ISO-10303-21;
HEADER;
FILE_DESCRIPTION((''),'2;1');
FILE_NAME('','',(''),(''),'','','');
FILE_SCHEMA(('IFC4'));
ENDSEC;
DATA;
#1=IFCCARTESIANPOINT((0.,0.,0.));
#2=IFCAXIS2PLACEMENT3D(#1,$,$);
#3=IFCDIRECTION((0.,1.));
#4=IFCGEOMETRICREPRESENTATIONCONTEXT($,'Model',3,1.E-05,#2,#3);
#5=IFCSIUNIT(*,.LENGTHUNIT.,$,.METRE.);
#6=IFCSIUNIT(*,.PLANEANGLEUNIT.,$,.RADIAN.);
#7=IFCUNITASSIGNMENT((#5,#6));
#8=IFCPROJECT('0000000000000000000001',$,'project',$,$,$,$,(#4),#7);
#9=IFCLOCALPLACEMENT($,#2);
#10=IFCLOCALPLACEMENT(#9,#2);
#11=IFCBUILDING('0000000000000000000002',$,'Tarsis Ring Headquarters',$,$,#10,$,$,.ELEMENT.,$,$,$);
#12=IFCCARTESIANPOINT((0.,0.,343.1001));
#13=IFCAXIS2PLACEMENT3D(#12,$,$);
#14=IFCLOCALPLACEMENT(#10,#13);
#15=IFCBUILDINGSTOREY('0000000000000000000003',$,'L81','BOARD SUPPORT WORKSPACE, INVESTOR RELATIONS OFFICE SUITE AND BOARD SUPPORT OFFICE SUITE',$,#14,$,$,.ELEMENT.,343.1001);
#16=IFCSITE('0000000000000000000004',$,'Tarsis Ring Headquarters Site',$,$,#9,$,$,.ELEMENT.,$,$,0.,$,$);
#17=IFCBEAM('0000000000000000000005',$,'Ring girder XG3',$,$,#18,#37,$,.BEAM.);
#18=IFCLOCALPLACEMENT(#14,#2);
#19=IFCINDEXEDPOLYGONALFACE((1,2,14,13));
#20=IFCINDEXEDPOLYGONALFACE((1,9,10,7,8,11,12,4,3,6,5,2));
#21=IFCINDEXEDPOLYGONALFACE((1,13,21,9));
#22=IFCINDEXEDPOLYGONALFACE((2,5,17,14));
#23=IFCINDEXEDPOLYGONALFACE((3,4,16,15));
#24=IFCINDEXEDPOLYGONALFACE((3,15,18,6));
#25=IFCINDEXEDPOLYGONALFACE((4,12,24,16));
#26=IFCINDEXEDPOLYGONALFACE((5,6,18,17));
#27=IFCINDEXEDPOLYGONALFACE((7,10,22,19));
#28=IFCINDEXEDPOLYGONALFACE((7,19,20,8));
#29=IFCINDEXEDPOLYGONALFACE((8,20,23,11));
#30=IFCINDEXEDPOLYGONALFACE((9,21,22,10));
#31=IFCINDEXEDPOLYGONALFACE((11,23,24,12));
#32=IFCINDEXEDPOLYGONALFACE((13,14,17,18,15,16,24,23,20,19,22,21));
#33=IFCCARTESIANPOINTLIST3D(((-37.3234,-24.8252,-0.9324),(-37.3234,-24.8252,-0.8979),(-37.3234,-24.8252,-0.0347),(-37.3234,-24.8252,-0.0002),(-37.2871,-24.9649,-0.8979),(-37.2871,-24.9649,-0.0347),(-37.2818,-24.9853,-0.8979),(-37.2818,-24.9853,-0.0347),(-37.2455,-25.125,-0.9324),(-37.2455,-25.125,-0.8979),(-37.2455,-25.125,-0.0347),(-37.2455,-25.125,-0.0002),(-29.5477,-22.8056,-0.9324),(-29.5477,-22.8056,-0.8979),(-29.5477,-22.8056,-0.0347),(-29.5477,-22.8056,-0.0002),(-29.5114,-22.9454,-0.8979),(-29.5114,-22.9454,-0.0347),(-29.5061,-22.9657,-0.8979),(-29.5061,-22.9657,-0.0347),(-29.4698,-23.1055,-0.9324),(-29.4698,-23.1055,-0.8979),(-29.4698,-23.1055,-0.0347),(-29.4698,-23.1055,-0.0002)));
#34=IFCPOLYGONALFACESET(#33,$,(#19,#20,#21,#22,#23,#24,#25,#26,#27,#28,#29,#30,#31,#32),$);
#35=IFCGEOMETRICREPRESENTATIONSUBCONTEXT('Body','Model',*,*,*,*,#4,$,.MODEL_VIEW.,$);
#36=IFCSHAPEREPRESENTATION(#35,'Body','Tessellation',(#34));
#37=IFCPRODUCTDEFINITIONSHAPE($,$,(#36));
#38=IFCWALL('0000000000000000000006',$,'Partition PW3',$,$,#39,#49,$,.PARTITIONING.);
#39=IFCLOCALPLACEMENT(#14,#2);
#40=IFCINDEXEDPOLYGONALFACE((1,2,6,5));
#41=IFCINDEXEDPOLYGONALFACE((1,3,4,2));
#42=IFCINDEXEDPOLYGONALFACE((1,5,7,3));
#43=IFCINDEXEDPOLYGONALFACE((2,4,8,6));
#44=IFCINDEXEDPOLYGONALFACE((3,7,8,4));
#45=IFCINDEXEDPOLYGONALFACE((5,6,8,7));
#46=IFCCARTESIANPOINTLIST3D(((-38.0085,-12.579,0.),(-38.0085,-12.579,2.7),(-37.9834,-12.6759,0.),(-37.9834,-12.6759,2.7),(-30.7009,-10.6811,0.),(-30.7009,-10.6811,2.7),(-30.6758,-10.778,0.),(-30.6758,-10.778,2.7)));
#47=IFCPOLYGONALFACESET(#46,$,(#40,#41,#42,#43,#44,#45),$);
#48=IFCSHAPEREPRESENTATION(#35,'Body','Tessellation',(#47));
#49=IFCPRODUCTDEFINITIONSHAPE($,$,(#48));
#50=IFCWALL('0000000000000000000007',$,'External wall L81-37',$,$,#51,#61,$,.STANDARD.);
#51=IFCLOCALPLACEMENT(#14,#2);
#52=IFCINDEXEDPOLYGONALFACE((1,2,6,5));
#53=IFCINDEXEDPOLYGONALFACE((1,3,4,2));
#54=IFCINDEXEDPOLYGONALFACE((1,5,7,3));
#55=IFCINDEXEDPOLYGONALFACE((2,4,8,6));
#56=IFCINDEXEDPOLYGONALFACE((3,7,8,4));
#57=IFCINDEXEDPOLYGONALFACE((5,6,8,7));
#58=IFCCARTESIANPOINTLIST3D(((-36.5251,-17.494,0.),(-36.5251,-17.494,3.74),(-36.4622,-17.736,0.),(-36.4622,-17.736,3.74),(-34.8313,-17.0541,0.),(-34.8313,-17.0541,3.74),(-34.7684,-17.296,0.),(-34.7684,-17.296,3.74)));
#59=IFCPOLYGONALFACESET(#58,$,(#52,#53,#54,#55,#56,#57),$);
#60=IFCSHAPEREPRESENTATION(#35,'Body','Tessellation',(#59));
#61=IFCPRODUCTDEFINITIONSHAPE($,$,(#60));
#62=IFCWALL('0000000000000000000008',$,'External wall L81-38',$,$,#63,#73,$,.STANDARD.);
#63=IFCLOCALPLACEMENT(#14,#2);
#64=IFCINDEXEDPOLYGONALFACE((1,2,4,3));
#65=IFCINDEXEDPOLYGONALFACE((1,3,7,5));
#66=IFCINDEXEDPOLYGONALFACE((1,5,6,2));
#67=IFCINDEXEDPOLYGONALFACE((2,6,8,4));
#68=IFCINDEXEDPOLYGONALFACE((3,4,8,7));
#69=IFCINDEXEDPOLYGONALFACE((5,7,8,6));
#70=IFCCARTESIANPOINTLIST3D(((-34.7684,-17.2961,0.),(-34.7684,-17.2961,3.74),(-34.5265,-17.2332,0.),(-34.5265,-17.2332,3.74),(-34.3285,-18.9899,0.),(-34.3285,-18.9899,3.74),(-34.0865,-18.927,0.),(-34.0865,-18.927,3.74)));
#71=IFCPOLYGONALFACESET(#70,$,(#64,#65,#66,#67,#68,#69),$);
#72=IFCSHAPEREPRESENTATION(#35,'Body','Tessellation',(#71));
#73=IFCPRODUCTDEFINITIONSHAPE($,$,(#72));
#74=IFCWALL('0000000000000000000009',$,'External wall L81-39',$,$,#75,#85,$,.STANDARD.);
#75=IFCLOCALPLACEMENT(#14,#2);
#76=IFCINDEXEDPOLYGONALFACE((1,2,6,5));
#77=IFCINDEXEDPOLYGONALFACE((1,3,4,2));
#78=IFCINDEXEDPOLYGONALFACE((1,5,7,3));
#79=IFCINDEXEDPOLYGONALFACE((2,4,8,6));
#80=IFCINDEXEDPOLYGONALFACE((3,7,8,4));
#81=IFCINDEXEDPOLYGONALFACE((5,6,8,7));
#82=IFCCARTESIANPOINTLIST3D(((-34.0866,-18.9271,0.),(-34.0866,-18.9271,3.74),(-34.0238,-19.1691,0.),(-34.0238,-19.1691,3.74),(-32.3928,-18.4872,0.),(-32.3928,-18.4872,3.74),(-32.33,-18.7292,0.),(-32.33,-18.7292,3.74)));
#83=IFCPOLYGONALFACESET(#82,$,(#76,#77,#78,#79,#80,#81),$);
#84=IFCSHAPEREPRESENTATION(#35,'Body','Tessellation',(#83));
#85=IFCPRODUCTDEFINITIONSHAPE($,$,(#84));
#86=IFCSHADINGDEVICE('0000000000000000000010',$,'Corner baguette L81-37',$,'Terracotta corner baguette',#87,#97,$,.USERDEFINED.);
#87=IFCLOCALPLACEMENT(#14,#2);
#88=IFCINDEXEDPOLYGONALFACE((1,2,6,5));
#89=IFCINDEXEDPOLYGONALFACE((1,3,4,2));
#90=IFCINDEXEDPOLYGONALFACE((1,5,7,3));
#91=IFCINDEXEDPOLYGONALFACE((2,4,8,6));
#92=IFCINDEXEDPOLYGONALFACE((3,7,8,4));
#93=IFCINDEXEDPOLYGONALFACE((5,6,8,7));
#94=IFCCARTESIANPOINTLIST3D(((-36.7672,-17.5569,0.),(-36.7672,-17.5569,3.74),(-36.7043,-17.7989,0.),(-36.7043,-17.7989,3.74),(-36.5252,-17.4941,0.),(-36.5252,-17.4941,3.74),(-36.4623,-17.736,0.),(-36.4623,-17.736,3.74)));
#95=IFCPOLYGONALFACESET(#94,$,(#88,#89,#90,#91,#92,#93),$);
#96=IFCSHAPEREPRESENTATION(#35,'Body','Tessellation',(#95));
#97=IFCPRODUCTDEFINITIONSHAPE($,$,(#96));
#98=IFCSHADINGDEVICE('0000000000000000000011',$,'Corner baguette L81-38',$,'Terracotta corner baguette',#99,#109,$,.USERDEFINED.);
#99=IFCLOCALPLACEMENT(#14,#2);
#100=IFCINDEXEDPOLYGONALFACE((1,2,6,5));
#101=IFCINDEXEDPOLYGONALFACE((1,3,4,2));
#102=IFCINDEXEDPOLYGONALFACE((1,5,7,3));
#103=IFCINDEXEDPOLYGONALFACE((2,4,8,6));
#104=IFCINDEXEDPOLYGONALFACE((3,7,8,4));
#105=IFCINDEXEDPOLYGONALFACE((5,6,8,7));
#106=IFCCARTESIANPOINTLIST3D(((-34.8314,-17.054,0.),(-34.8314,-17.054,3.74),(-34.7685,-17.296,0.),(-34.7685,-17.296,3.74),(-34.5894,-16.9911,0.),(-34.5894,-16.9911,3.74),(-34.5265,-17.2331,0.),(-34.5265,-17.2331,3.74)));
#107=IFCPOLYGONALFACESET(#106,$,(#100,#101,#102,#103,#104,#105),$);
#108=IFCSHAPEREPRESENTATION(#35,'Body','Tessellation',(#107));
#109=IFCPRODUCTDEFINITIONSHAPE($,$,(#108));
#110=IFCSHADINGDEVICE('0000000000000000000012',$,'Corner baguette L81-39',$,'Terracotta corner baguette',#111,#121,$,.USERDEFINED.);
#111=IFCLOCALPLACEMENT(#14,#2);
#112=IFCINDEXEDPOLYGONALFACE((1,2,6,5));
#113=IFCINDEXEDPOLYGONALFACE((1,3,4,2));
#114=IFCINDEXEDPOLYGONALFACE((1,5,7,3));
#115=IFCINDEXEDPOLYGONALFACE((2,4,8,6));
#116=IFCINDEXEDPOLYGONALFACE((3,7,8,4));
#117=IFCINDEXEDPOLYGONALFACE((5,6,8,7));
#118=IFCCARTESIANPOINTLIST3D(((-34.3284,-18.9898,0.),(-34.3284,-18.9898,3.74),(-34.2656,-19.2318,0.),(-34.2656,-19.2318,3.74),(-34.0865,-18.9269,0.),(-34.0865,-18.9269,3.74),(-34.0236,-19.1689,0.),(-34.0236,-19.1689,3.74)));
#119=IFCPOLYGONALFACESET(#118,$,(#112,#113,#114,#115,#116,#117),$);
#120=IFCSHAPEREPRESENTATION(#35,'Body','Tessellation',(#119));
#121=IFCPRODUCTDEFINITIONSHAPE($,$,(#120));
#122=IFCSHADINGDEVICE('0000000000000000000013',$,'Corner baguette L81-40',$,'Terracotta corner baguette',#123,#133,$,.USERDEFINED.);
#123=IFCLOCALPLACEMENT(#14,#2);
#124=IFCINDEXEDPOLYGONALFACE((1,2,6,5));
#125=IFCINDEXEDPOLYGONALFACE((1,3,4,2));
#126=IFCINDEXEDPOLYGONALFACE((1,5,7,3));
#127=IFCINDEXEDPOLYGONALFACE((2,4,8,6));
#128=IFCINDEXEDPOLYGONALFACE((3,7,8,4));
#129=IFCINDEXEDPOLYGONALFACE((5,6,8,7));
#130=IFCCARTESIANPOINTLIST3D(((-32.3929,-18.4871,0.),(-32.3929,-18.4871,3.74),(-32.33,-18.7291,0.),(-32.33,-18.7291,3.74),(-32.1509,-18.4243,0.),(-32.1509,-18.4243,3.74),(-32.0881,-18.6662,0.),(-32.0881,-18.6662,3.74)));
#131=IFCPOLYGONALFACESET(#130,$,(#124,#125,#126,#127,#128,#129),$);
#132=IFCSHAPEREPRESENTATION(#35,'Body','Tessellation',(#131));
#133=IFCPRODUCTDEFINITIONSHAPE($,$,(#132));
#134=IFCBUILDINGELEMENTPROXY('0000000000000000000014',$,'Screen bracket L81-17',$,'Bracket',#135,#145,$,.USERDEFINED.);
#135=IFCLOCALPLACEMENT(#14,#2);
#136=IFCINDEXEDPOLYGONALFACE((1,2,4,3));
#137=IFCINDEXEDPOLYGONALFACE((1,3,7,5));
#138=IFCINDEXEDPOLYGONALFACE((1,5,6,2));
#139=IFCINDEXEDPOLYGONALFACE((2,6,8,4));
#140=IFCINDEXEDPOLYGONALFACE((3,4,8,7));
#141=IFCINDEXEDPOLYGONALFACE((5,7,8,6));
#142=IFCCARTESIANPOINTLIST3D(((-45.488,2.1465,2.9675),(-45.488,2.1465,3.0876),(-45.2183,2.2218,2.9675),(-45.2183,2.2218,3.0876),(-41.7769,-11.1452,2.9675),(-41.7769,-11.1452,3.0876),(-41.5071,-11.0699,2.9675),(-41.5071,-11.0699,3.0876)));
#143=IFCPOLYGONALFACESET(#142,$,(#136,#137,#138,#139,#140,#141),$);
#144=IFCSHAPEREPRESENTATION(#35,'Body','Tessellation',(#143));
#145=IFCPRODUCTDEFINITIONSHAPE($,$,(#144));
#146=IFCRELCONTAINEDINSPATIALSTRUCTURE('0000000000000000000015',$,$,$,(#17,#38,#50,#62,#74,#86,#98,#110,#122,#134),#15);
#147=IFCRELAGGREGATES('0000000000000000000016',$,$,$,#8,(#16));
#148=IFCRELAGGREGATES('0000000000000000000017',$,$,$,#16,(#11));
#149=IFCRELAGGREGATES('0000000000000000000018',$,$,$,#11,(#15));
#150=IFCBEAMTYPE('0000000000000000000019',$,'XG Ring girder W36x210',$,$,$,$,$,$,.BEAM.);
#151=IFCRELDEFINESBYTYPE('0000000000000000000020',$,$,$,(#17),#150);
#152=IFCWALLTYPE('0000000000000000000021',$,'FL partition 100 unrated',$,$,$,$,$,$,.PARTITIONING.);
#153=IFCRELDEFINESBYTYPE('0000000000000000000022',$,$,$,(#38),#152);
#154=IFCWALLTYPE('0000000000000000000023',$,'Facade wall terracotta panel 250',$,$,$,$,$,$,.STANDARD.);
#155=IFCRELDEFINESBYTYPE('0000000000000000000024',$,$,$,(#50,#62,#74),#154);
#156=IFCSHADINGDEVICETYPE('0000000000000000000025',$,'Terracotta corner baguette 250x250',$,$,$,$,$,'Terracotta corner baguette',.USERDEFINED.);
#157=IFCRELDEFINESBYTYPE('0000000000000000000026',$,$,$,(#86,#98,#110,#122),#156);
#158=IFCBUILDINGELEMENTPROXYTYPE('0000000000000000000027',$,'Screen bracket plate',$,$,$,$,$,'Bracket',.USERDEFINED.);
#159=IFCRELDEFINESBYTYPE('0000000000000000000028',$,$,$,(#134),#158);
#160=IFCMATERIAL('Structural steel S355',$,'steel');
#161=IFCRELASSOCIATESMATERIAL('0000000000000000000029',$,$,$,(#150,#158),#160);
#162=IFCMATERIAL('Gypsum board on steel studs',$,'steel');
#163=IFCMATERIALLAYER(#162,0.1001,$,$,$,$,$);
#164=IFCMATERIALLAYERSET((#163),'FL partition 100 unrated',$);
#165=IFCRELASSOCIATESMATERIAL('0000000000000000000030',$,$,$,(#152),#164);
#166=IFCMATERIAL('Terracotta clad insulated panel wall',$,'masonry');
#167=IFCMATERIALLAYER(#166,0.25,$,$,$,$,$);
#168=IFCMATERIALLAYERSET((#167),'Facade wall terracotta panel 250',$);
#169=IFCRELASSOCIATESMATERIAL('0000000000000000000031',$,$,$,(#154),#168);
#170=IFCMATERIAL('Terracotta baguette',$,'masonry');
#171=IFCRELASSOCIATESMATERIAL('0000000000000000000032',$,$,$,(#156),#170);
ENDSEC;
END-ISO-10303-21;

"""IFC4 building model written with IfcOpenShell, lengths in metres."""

from ifc_helpers import new_model, si_unit, direction, frame, frame_2d, origin, origin_2d, place, context, subcontext, project, spatial, rectangle, i_section, extrude, material, layer, layer_set, material_profile, profile_set, type_object, element, save


model = new_model("IFC4")

# Units and contexts
model_context = context("Model", 3, precision=1e-05, world=origin(), true_north=direction((0.0, 1.0)))
body_context = subcontext(model_context, "Body", "Model", "MODEL_VIEW")
ifc_project = project(units=[si_unit("LENGTHUNIT", "METRE"), si_unit("PLANEANGLEUNIT", "RADIAN")], contexts=[model_context])

# Site, building, storey
site_placement = place(None, origin())
site = spatial("IfcSite", under=ifc_project, at=site_placement, Name="Tarsis Ring Headquarters Site", CompositionType="ELEMENT", RefElevation=0.0)
building_placement = place(site_placement, origin())
building = spatial("IfcBuilding", under=site, at=building_placement, Name="Tarsis Ring Headquarters", CompositionType="ELEMENT")
storey_placement = place(building_placement, frame((0.0, 0.0, 343.1001)))
storey = spatial("IfcBuildingStorey", under=building, at=storey_placement, Name="L81", Description="BOARD SUPPORT WORKSPACE, INVESTOR RELATIONS OFFICE SUITE AND BOARD SUPPORT OFFICE SUITE", CompositionType="ELEMENT", Elevation=343.1001)

# Shared definitions
ifc_material_1 = material(Name="Structural steel S355", Category="steel")

# Beam
ifc_material_profile_1 = material_profile(ifc_material_1, i_section(OverallWidth=0.3098, OverallDepth=0.9321, WebThickness=0.021, FlangeThickness=0.0344, at=origin_2d()), Name="W36x210")
ifc_profile_set_1 = profile_set([ifc_material_profile_1], Name="Structural steel S355")
beam_type = type_object("IfcBeamType", Name="XG Ring girder W36x210", PredefinedType="BEAM", material=ifc_profile_set_1)
beam_1_placement = place(storey_placement, frame((-37.2844, -24.9751, -0.4663), z_axis=(0.967887, 0.251385, 0.0), x_axis=(-0.251385, 0.967887, 0.0)))
element("IfcBeam", 1, at=beam_1_placement, inside=storey, type_object=beam_type, Name="Ring girder XG3", PredefinedType="BEAM", context=body_context, shape_type="SweptSolid", body=[
    extrude(i_section(OverallWidth=0.3098, OverallDepth=0.9321, WebThickness=0.021, FlangeThickness=0.0344, at=origin_2d()), origin(), (0.0, 0.0, 1.0), 8.0337),
])

# Walls
ifc_material_2 = material(Name="Gypsum board on steel studs", Category="steel")
ifc_layer_1 = layer(ifc_material_2, 0.1001)
ifc_layer_set_1 = layer_set([ifc_layer_1], Name="FL partition 100 unrated")
wall_type_1 = type_object("IfcWallType", Name="FL partition 100 unrated", PredefinedType="PARTITIONING", material=ifc_layer_set_1)
wall_placement = place(storey_placement, frame((-37.9958, -12.6274, 0.0), z_axis=(0.0, 0.0, 1.0), x_axis=(0.967888, 0.251382, 0.0)))
element("IfcWall", 2, at=wall_placement, inside=storey, type_object=wall_type_1, Name="Partition PW3", PredefinedType="PARTITIONING", context=body_context, shape_type="SweptSolid", body=[
    extrude(rectangle(XDim=7.55, YDim=0.1001, at=frame_2d((3.7749, 0.0))), origin(), (0.0, 0.0, 1.0), 2.7),
])
ifc_material_3 = material(Name="Terracotta clad insulated panel wall", Category="masonry")
ifc_layer_2 = layer(ifc_material_3, 0.25)
ifc_layer_set_2 = layer_set([ifc_layer_2], Name="Facade wall terracotta panel 250")
wall_type_2 = type_object("IfcWallType", Name="Facade wall terracotta panel 250", PredefinedType="STANDARD", material=ifc_layer_set_2)
for number, where, z_axis, x_axis, name in (
    (3, (-36.4937, -17.615, 0.0), (0.0, 0.0, 1.0), (0.967886, 0.251388, 0.0), "External wall L81-37"),
    (4, (-34.6475, -17.2646, 0.0), (0.0, 0.0, 1.0), (0.251388, -0.967886, 0.0), "External wall L81-38"),
    (5, (-34.0552, -19.0481, 0.0), (0.0, 0.0, 1.0), (0.967886, 0.251388, 0.0), "External wall L81-39"),
):
    element("IfcWall", number, at=place(storey_placement, frame(where, z_axis=z_axis, x_axis=x_axis)), inside=storey, type_object=wall_type_2, Name=name, PredefinedType="STANDARD", context=body_context, shape_type="SweptSolid", body=[
        extrude(rectangle(XDim=1.75, YDim=0.25, at=frame_2d((0.875, 0.0))), origin(), (0.0, 0.0, 1.0), 3.74),
    ])

# Shading devices
ifc_material_4 = material(Name="Terracotta baguette", Category="masonry")
shading_device_type_1 = type_object("IfcShadingDeviceType", Name="Terracotta corner baguette 250x250", ElementType="Terracotta corner baguette", PredefinedType="USERDEFINED", material=ifc_material_4)
for number, where, z_axis, x_axis, name in (
    (6, (-36.6147, -17.6465, 0.0), (0.0, 0.0, 1.0), (0.251394, -0.967885, 0.0), "Corner baguette L81-37"),
    (7, (-34.679, -17.1436, 0.0), (0.0, 0.0, 1.0), (0.967885, 0.251394, 0.0), "Corner baguette L81-38"),
    (8, (-34.176, -19.0793, 0.0), (0.0, 0.0, 1.0), (0.251393, -0.967885, 0.0), "Corner baguette L81-39"),
    (9, (-32.2405, -18.5767, 0.0), (0.0, 0.0, 1.0), (0.967885, 0.251393, 0.0), "Corner baguette L81-40"),
):
    element("IfcShadingDevice", number, at=place(storey_placement, frame(where, z_axis=z_axis, x_axis=x_axis)), inside=storey, type_object=shading_device_type_1, Name=name, ObjectType="Terracotta corner baguette", PredefinedType="USERDEFINED", context=body_context, shape_type="SweptSolid", body=[
        extrude(rectangle(XDim=0.25, YDim=0.25, at=origin_2d()), origin(), (0.0, 0.0, 1.0), 3.74),
    ])

# Building element proxy
building_element_proxy_type = type_object("IfcBuildingElementProxyType", Name="Screen bracket plate", ElementType="Bracket", PredefinedType="USERDEFINED", material=ifc_material_1)
proxy_placement = place(storey_placement, frame((-43.4976, -4.4617, 2.9675), z_axis=(0.0, 0.0, 1.0), x_axis=(0.26892, -0.963163, 0.0)))
element("IfcBuildingElementProxy", 10, at=proxy_placement, inside=storey, type_object=building_element_proxy_type, Name="Screen bracket L81-17", ObjectType="Bracket", PredefinedType="USERDEFINED", context=body_context, shape_type="SweptSolid", body=[
    extrude(rectangle(XDim=13.8, YDim=0.28, at=origin_2d()), origin(), (0.0, 0.0, 1.0), 0.1201),
])

save(model, "model.ifc")
